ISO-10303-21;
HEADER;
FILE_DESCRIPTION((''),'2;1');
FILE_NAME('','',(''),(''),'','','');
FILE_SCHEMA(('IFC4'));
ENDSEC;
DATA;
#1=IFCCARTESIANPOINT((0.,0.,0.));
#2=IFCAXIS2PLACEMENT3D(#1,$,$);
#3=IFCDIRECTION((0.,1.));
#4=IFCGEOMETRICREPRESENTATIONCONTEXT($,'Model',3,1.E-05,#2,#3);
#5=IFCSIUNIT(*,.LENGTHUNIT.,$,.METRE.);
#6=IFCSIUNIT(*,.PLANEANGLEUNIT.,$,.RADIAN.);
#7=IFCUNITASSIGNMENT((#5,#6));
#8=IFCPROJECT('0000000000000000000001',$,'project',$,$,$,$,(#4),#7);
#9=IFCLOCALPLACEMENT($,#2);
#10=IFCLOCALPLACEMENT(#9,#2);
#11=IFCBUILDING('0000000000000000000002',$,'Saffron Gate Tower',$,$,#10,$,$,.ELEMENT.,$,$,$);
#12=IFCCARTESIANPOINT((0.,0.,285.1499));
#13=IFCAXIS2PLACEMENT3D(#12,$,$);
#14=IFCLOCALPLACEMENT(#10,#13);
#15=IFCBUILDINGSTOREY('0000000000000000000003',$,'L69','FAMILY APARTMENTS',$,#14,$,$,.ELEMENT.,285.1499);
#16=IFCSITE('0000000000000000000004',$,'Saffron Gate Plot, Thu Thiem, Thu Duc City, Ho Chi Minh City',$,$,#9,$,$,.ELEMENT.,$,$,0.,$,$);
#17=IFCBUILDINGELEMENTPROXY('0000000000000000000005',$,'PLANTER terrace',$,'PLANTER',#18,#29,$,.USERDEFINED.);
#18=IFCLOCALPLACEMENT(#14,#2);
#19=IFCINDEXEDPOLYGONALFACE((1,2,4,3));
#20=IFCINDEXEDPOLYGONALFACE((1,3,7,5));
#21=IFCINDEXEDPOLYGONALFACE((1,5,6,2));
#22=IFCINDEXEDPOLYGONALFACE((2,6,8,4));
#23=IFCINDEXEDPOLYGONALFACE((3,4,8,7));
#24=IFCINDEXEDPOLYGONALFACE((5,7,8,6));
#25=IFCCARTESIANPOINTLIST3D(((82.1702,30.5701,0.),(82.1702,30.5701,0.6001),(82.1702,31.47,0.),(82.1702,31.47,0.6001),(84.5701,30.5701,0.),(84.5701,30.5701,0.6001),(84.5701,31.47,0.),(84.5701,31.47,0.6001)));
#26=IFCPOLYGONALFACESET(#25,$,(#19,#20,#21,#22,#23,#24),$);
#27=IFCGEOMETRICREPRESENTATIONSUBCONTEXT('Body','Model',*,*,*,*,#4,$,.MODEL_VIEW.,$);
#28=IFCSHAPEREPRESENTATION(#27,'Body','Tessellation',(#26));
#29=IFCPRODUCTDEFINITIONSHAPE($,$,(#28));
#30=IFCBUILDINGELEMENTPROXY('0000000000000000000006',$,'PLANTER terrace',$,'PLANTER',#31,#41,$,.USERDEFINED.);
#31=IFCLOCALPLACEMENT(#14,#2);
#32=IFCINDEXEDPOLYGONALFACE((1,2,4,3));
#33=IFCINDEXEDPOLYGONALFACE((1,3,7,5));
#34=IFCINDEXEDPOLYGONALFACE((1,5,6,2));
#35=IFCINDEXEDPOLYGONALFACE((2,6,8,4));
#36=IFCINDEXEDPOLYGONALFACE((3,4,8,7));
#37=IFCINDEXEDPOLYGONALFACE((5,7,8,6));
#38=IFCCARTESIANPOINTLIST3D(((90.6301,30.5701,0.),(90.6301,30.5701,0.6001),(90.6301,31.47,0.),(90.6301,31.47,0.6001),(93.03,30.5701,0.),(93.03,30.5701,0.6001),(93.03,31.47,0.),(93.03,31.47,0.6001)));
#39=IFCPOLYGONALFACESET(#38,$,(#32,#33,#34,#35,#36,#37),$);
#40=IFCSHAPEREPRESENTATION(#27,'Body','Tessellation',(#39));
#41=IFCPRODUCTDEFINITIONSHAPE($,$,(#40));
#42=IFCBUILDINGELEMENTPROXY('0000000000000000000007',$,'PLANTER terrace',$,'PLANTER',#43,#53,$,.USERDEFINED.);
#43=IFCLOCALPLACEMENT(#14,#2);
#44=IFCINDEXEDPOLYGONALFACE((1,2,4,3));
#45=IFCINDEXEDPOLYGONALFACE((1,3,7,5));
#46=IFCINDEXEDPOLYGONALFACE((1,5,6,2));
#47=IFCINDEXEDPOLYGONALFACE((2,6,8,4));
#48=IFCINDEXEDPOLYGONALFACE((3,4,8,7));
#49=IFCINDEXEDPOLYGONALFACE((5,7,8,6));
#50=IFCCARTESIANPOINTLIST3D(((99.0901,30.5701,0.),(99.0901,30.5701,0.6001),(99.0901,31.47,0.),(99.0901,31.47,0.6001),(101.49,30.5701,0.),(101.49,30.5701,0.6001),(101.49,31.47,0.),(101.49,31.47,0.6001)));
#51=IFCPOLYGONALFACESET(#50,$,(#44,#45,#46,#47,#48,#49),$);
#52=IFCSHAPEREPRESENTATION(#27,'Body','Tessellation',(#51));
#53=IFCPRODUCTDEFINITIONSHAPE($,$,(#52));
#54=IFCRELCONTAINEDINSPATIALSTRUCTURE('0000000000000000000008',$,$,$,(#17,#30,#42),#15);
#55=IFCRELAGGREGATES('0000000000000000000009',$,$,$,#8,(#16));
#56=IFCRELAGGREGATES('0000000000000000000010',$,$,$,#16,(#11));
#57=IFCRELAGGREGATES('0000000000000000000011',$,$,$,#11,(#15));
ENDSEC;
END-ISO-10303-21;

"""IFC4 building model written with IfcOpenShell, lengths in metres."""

from ifc_helpers import new_model, si_unit, direction, frame, origin, origin_2d, place, context, subcontext, project, spatial, rectangle, extrude, element, save


model = new_model("IFC4")

# Units and contexts
model_context = context("Model", 3, precision=1e-05, world=origin(), true_north=direction((0.0, 1.0)))
body_context = subcontext(model_context, "Body", "Model", "MODEL_VIEW")
ifc_project = project(units=[si_unit("LENGTHUNIT", "METRE"), si_unit("PLANEANGLEUNIT", "RADIAN")], contexts=[model_context])

# Site, building, storey
site_placement = place(None, origin())
site = spatial("IfcSite", under=ifc_project, at=site_placement, Name="Saffron Gate Plot, Thu Thiem, Thu Duc City, Ho Chi Minh City", CompositionType="ELEMENT", RefElevation=0.0)
building_placement = place(site_placement, origin())
building = spatial("IfcBuilding", under=site, at=building_placement, Name="Saffron Gate Tower", CompositionType="ELEMENT")
storey_placement = place(building_placement, frame((0.0, 0.0, 285.1499)))
storey = spatial("IfcBuildingStorey", under=building, at=storey_placement, Name="L69", Description="FAMILY APARTMENTS", CompositionType="ELEMENT", Elevation=285.1499)

# Building element proxies
for number, where, z_axis, x_axis, name in (
    (1, (83.3701, 31.02, 0.0), (0.0, 0.0, 1.0), (1.0, 0.0, 0.0), "PLANTER terrace"),
    (2, (91.8301, 31.02, 0.0), (0.0, 0.0, 1.0), (1.0, 0.0, 0.0), "PLANTER terrace"),
    (3, (100.29, 31.02, 0.0), (0.0, 0.0, 1.0), (1.0, 0.0, 0.0), "PLANTER terrace"),
):
    element("IfcBuildingElementProxy", number, at=place(storey_placement, frame(where, z_axis=z_axis, x_axis=x_axis)), inside=storey, Name=name, ObjectType="PLANTER", PredefinedType="USERDEFINED", context=body_context, shape_type="SweptSolid", body=[
        extrude(rectangle(XDim=2.3999, YDim=0.8999, at=origin_2d()), origin(), (0.0, 0.0, 1.0), 0.6001),
    ])

save(model, "model.ifc")
